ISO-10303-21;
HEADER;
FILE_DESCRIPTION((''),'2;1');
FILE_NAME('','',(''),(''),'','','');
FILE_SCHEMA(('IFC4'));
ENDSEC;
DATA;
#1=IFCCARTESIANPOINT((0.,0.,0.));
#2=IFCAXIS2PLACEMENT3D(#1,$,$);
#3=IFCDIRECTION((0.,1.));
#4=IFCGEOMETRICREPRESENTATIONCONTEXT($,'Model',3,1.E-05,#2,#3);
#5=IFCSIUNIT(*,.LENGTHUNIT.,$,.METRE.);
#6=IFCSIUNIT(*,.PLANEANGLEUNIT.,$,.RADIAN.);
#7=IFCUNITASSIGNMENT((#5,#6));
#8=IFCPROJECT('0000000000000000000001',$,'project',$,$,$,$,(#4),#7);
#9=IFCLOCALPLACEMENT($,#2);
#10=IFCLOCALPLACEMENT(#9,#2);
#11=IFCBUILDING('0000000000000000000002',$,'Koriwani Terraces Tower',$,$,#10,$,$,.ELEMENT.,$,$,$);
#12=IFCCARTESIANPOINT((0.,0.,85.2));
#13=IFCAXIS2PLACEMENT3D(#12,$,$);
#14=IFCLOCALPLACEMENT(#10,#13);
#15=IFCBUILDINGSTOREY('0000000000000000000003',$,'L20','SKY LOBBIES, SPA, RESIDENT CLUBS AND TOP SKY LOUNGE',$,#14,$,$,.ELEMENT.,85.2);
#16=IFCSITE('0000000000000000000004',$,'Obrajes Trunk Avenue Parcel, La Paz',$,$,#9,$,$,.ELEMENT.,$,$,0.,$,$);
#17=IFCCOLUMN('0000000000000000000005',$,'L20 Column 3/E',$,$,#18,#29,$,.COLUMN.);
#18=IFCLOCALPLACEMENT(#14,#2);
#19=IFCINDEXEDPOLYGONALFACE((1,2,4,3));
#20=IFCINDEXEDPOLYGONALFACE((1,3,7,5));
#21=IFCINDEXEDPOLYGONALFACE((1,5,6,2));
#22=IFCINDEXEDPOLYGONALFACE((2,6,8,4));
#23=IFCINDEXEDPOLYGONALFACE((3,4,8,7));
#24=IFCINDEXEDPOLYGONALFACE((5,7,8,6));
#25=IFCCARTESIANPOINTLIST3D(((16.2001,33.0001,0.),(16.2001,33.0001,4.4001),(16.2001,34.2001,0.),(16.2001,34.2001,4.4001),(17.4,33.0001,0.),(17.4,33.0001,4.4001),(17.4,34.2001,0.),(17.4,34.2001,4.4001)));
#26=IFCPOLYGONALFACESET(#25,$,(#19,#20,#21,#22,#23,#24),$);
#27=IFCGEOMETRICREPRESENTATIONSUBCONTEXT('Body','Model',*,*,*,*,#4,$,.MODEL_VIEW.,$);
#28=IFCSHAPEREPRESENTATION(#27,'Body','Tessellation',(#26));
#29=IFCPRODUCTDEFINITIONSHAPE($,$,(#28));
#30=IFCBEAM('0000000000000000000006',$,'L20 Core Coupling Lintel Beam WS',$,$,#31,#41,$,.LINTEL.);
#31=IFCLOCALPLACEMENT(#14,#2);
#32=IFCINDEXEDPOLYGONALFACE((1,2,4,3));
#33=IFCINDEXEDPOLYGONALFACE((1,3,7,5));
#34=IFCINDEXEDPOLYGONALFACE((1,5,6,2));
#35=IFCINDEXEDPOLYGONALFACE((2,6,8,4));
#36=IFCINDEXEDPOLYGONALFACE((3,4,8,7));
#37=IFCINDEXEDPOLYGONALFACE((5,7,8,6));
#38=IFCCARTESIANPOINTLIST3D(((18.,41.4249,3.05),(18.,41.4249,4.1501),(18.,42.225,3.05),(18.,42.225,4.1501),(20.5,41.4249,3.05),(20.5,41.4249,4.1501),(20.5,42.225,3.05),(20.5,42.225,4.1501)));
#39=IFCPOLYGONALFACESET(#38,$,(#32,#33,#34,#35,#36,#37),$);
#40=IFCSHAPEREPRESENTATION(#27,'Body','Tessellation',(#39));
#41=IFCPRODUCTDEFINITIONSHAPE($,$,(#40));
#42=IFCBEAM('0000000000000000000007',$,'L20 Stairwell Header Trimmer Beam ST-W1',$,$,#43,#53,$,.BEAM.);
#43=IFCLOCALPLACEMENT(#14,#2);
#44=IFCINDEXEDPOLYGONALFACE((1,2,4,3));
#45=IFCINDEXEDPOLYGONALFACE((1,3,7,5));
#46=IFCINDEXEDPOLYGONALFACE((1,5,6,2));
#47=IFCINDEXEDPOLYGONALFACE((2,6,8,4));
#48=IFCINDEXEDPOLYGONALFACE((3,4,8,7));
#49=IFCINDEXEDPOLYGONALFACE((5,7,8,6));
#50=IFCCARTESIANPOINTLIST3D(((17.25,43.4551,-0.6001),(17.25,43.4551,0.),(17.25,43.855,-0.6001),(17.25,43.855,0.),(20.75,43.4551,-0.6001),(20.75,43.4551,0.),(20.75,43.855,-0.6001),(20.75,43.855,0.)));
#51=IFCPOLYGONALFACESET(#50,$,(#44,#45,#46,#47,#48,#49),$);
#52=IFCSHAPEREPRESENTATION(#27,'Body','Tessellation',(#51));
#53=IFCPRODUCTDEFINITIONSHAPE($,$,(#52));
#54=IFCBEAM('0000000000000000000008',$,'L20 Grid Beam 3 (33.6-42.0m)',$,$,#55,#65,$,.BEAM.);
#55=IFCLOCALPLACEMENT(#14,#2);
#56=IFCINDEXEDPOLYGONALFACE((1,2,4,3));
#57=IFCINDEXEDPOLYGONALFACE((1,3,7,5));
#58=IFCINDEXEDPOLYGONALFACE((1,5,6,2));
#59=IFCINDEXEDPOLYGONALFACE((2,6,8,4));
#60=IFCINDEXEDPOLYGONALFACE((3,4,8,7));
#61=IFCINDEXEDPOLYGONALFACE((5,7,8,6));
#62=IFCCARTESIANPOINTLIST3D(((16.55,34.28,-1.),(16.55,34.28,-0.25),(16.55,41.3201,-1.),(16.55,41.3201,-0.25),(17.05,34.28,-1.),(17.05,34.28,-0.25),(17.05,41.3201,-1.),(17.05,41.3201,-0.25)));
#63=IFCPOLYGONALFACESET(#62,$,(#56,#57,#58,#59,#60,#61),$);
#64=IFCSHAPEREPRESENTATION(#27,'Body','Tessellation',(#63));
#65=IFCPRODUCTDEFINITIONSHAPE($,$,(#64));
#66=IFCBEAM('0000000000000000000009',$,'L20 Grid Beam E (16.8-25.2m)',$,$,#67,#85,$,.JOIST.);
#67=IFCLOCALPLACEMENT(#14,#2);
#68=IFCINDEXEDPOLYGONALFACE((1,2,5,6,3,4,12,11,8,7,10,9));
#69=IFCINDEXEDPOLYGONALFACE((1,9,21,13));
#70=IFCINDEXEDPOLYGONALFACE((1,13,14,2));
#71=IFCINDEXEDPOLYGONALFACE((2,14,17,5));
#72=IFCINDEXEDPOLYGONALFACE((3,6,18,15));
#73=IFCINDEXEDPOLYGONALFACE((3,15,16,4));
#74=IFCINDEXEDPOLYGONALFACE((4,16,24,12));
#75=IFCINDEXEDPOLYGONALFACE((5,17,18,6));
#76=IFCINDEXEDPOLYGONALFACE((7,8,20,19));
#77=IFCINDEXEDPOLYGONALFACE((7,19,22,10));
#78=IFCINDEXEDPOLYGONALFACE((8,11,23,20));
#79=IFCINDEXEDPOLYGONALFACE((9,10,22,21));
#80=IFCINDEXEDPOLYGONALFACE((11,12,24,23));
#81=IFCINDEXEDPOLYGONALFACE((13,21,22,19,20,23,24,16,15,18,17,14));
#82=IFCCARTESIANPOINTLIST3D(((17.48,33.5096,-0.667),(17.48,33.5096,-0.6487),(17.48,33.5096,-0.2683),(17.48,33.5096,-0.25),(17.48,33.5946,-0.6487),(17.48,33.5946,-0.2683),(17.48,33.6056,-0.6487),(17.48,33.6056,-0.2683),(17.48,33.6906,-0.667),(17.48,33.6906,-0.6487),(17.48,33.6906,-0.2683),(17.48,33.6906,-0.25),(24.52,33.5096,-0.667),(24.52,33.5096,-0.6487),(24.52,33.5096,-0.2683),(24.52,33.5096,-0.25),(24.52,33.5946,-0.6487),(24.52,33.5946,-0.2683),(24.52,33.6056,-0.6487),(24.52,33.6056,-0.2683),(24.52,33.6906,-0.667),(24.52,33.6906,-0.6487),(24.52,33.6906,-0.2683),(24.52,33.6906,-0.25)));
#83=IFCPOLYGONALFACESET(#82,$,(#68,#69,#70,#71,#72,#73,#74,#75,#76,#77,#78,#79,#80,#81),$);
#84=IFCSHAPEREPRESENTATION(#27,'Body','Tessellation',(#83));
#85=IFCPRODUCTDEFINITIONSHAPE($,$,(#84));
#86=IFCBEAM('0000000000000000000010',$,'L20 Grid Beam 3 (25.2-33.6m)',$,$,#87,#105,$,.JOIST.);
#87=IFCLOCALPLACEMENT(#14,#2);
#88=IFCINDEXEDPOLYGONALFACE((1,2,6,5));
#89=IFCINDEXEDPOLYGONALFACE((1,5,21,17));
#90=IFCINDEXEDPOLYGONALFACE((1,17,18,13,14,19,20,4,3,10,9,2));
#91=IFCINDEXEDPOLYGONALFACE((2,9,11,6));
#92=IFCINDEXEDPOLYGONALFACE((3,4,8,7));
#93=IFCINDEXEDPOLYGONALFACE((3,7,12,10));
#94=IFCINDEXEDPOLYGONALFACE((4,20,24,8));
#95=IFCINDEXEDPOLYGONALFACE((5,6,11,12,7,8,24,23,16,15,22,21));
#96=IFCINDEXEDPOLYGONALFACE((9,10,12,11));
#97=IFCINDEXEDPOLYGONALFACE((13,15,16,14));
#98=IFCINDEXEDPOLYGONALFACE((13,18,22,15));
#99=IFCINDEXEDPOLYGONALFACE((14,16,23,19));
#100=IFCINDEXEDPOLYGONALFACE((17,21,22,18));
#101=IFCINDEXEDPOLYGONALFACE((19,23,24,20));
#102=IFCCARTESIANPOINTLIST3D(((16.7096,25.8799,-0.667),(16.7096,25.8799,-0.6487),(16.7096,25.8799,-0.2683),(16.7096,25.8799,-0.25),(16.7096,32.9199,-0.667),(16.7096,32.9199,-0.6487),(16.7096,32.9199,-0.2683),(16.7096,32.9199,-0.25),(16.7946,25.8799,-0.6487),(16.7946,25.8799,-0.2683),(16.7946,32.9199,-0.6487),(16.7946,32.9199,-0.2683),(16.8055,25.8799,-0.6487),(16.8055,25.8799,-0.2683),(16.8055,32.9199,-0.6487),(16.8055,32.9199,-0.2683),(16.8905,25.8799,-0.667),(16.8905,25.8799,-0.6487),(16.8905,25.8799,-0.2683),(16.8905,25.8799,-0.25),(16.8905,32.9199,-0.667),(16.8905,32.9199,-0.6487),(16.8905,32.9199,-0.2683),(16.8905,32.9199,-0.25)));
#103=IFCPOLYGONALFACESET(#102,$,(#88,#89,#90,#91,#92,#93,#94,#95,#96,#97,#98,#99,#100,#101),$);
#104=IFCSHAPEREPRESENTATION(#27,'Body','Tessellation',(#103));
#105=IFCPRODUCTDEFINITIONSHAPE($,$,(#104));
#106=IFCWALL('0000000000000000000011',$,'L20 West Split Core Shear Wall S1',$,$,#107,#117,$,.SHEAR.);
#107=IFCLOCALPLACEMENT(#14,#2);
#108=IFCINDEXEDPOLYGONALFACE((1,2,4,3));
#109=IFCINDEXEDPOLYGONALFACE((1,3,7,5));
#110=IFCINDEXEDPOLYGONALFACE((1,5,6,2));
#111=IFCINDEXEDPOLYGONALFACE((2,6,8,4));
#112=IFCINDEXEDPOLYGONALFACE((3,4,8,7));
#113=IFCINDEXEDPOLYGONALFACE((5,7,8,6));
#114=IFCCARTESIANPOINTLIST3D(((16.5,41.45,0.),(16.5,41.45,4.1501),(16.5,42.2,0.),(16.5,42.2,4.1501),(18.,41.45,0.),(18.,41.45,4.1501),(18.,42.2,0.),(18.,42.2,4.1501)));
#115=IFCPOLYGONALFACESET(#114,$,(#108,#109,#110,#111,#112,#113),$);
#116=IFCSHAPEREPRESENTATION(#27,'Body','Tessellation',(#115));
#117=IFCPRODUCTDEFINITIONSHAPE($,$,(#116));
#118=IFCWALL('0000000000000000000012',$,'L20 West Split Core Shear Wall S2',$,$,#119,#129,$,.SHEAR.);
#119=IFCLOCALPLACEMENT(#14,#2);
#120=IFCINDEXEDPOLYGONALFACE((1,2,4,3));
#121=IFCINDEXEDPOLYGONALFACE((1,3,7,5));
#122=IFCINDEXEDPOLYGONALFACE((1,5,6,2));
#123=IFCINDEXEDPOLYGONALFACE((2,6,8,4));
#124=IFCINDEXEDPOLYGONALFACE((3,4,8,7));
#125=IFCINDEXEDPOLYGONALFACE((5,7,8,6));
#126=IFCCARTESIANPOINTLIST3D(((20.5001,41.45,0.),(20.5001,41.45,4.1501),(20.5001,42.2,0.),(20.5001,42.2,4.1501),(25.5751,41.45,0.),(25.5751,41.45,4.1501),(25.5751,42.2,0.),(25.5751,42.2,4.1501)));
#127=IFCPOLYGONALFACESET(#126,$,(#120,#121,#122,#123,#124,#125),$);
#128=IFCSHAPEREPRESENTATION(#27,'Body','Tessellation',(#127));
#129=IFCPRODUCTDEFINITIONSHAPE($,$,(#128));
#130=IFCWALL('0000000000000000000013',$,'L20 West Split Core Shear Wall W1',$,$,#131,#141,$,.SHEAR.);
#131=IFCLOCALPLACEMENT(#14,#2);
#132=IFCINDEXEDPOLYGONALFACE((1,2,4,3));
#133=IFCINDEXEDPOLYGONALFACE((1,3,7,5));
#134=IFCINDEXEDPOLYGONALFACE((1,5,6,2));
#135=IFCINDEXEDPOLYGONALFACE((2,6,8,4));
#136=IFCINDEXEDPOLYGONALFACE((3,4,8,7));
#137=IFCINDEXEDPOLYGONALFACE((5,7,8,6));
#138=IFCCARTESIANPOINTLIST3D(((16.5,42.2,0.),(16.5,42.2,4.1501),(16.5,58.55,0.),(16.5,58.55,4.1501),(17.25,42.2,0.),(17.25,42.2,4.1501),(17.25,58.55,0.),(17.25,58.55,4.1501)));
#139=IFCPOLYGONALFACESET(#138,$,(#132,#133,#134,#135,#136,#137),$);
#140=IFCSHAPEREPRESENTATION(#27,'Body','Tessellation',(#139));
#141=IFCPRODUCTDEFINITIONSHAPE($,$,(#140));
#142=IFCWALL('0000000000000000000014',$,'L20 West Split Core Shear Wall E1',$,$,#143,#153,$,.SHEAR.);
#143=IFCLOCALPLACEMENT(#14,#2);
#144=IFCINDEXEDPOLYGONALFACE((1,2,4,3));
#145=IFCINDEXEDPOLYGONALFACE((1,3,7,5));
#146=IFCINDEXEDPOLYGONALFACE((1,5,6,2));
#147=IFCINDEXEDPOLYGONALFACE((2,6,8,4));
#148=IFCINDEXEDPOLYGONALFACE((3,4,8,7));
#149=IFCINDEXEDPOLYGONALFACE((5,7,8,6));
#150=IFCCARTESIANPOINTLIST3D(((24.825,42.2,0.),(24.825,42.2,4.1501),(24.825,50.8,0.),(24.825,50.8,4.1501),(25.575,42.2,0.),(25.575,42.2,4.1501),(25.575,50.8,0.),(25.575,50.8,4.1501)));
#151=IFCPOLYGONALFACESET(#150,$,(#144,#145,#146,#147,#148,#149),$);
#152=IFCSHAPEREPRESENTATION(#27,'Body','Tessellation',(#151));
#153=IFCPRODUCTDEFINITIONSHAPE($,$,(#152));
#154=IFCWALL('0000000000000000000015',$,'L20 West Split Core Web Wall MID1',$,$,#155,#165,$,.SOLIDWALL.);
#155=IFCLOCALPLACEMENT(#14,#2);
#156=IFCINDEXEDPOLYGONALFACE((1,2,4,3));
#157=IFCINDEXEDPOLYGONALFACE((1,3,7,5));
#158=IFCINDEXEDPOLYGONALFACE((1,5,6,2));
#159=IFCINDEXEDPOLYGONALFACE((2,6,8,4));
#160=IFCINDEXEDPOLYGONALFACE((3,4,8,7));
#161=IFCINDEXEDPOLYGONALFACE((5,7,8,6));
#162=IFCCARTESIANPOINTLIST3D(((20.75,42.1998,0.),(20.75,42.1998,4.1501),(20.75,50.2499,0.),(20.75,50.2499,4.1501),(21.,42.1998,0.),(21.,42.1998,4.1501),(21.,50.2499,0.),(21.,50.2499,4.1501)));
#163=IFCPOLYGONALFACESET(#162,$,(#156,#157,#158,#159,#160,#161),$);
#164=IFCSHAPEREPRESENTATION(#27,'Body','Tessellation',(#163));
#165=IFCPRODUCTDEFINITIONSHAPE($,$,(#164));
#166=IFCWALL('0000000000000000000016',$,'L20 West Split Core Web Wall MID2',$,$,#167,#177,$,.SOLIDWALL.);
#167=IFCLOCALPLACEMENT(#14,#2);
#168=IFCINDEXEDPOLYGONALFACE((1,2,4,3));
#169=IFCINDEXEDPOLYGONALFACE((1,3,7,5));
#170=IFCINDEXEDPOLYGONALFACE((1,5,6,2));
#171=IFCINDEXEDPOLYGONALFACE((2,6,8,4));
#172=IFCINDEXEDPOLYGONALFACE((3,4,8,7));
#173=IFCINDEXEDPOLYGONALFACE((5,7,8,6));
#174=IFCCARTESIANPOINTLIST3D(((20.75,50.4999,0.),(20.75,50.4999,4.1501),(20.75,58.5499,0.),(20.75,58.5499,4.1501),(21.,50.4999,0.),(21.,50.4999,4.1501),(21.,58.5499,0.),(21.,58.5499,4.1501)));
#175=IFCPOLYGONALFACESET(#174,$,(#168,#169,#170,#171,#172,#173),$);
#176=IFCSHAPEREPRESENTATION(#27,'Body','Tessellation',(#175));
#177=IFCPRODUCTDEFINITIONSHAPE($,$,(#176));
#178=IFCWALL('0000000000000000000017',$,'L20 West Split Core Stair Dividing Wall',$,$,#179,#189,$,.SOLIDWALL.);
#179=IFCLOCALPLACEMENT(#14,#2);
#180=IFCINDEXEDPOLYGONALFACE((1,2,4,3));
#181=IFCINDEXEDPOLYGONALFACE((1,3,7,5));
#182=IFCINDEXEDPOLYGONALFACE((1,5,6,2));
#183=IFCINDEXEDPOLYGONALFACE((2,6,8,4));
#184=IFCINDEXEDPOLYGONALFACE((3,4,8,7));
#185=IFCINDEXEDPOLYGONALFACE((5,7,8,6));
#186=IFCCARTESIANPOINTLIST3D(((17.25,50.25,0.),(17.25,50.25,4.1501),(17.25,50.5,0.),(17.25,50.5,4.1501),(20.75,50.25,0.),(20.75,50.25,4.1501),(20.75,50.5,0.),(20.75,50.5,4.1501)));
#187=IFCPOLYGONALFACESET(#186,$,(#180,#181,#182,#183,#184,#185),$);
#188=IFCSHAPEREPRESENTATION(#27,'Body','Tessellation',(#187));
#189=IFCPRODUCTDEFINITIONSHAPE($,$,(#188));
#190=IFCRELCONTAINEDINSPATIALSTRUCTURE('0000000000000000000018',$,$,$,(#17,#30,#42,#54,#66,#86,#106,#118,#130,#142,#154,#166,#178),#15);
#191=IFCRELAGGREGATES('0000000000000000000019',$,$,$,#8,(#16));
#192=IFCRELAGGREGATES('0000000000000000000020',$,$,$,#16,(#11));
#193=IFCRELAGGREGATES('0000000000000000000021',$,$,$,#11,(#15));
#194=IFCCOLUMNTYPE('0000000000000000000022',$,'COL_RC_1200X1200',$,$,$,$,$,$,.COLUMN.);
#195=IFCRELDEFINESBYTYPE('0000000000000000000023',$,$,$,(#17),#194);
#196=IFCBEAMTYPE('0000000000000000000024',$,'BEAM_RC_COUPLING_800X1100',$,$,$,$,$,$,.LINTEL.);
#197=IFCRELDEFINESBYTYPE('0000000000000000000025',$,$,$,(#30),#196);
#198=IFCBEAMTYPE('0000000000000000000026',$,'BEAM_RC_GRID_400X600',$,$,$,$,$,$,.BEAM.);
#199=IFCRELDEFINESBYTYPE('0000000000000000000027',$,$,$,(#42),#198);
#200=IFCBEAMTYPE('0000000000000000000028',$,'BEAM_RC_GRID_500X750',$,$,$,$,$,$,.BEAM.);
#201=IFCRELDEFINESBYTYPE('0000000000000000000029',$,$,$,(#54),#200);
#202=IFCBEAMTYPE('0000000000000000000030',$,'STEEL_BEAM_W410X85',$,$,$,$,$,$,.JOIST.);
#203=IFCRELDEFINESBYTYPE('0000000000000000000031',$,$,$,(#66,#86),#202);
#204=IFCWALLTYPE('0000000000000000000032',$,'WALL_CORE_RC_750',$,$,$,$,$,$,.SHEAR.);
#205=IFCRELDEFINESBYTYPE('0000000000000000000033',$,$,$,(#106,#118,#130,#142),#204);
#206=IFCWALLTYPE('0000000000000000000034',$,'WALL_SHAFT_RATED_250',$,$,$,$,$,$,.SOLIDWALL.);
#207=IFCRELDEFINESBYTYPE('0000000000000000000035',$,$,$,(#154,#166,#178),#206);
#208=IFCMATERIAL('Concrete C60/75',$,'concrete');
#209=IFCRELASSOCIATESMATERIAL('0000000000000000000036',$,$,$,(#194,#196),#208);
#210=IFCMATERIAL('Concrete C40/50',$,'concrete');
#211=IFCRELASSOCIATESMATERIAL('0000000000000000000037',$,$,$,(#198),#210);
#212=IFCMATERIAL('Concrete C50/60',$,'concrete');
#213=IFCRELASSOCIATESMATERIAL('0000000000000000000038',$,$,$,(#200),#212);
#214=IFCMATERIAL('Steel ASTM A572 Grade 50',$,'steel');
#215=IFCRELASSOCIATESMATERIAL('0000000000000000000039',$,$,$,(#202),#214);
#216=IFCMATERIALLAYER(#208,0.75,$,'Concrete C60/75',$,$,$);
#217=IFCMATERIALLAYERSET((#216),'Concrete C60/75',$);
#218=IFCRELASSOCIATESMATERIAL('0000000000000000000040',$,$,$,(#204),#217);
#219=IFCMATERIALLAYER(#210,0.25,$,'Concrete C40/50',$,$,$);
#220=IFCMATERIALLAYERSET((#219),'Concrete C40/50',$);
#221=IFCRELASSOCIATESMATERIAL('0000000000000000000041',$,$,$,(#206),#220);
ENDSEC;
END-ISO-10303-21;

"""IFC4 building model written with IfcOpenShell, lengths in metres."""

from ifc_helpers import new_model, si_unit, direction, frame, frame_2d, origin, origin_2d, place, context, subcontext, project, spatial, rectangle, i_section, extrude, material, layer, layer_set, material_profile, profile_set, type_object, element, save


model = new_model("IFC4")

# Units and contexts
model_context = context("Model", 3, precision=1e-05, world=origin(), true_north=direction((0.0, 1.0)))
body_context = subcontext(model_context, "Body", "Model", "MODEL_VIEW")
ifc_project = project(units=[si_unit("LENGTHUNIT", "METRE"), si_unit("PLANEANGLEUNIT", "RADIAN")], contexts=[model_context])

# Site, building, storey
site_placement = place(None, origin())
site = spatial("IfcSite", under=ifc_project, at=site_placement, Name="Obrajes Trunk Avenue Parcel, La Paz", CompositionType="ELEMENT", RefElevation=0.0)
building_placement = place(site_placement, origin())
building = spatial("IfcBuilding", under=site, at=building_placement, Name="Koriwani Terraces Tower", CompositionType="ELEMENT")
storey_placement = place(building_placement, frame((0.0, 0.0, 85.2)))
storey = spatial("IfcBuildingStorey", under=building, at=storey_placement, Name="L20", Description="SKY LOBBIES, SPA, RESIDENT CLUBS AND TOP SKY LOUNGE", CompositionType="ELEMENT", Elevation=85.2)

# Column
ifc_material_1 = material(Name="Concrete C60/75", Category="concrete")
ifc_material_profile_1 = material_profile(ifc_material_1, rectangle(XDim=1.2, YDim=1.2, at=origin_2d()), Name="Concrete C60/75", Category="LoadBearing")
ifc_profile_set_1 = profile_set([ifc_material_profile_1], Name="Concrete C60/75")
column_type = type_object("IfcColumnType", Name="COL_RC_1200X1200", PredefinedType="COLUMN", material=ifc_profile_set_1)
column_placement = place(storey_placement, frame((16.8, 33.6001, 0.0), z_axis=(0.0, 0.0, 1.0), x_axis=(1.0, 0.0, 0.0)))
element("IfcColumn", 1, at=column_placement, inside=storey, type_object=column_type, Name="L20 Column 3/E", PredefinedType="COLUMN", context=body_context, shape_type="SweptSolid", body=[
    extrude(rectangle(XDim=1.2, YDim=1.2, at=origin_2d()), origin(), (0.0, 0.0, 1.0), 4.4001),
])

# Beams
ifc_material_profile_2 = material_profile(ifc_material_1, rectangle(XDim=0.8, YDim=1.1001, at=origin_2d()), Name="Concrete C60/75", Category="LoadBearing")
ifc_profile_set_2 = profile_set([ifc_material_profile_2], Name="Concrete C60/75")
beam_type_1 = type_object("IfcBeamType", Name="BEAM_RC_COUPLING_800X1100", PredefinedType="LINTEL", material=ifc_profile_set_2)
beam_1_placement = place(storey_placement, frame((18.0, 41.825, 3.6001), z_axis=(1.0, 0.0, 0.0), x_axis=(0.0, 1.0, 0.0)))
element("IfcBeam", 2, at=beam_1_placement, inside=storey, type_object=beam_type_1, Name="L20 Core Coupling Lintel Beam WS", PredefinedType="LINTEL", context=body_context, shape_type="SweptSolid", body=[
    extrude(rectangle(XDim=0.8, YDim=1.1001, at=origin_2d()), origin(), (0.0, 0.0, 1.0), 2.5),
])
ifc_material_2 = material(Name="Concrete C40/50", Category="concrete")
ifc_material_profile_3 = material_profile(ifc_material_2, rectangle(XDim=0.3999, YDim=0.6001, at=origin_2d()), Name="Concrete C40/50", Category="LoadBearing")
ifc_profile_set_3 = profile_set([ifc_material_profile_3], Name="Concrete C40/50")
beam_type_2 = type_object("IfcBeamType", Name="BEAM_RC_GRID_400X600", PredefinedType="BEAM", material=ifc_profile_set_3)
beam_2_placement = place(storey_placement, frame((17.25, 43.655, -0.3), z_axis=(1.0, 0.0, 0.0), x_axis=(0.0, 1.0, 0.0)))
element("IfcBeam", 3, at=beam_2_placement, inside=storey, type_object=beam_type_2, Name="L20 Stairwell Header Trimmer Beam ST-W1", PredefinedType="BEAM", context=body_context, shape_type="SweptSolid", body=[
    extrude(rectangle(XDim=0.3999, YDim=0.6001, at=origin_2d()), origin(), (0.0, 0.0, 1.0), 3.5),
])
ifc_material_3 = material(Name="Concrete C50/60", Category="concrete")
ifc_material_profile_4 = material_profile(ifc_material_3, rectangle(XDim=0.5, YDim=0.75, at=origin_2d()), Name="Concrete C50/60", Category="LoadBearing")
ifc_profile_set_4 = profile_set([ifc_material_profile_4], Name="Concrete C50/60")
beam_type_3 = type_object("IfcBeamType", Name="BEAM_RC_GRID_500X750", PredefinedType="BEAM", material=ifc_profile_set_4)
beam_3_placement = place(storey_placement, frame((16.8, 34.28, -0.625), z_axis=(0.0, 1.0, 0.0), x_axis=(-1.0, 0.0, 0.0)))
element("IfcBeam", 4, at=beam_3_placement, inside=storey, type_object=beam_type_3, Name="L20 Grid Beam 3 (33.6-42.0m)", PredefinedType="BEAM", context=body_context, shape_type="SweptSolid", body=[
    extrude(rectangle(XDim=0.5, YDim=0.75, at=origin_2d()), origin(), (0.0, 0.0, 1.0), 7.04),
])
ifc_material_4 = material(Name="Steel ASTM A572 Grade 50", Category="steel")
ifc_material_profile_5 = material_profile(ifc_material_4, i_section(OverallWidth=0.1809, OverallDepth=0.417, WebThickness=0.011, FlangeThickness=0.0183, at=origin_2d()), Name="Steel ASTM A572 Grade 50", Category="LoadBearing")
ifc_profile_set_5 = profile_set([ifc_material_profile_5], Name="Steel ASTM A572 Grade 50")
beam_type_4 = type_object("IfcBeamType", Name="STEEL_BEAM_W410X85", PredefinedType="JOIST", material=ifc_profile_set_5)
for number, where, z_axis, x_axis, name in (
    (5, (17.48, 33.6001, -0.4585), (1.0, 0.0, 0.0), (0.0, 1.0, 0.0), "L20 Grid Beam E (16.8-25.2m)"),
    (6, (16.8, 25.8799, -0.4585), (0.0, 1.0, 0.0), (-1.0, 0.0, 0.0), "L20 Grid Beam 3 (25.2-33.6m)"),
):
    element("IfcBeam", number, at=place(storey_placement, frame(where, z_axis=z_axis, x_axis=x_axis)), inside=storey, type_object=beam_type_4, Name=name, PredefinedType="JOIST", context=body_context, shape_type="SweptSolid", body=[
        extrude(i_section(OverallWidth=0.1809, OverallDepth=0.417, WebThickness=0.011, FlangeThickness=0.0183, at=origin_2d()), origin(), (0.0, 0.0, 1.0), 7.04),
    ])

# Walls
ifc_layer_1 = layer(ifc_material_1, 0.75, Name="Concrete C60/75")
ifc_layer_set_1 = layer_set([ifc_layer_1], Name="Concrete C60/75")
wall_type_1 = type_object("IfcWallType", Name="WALL_CORE_RC_750", PredefinedType="SHEAR", material=ifc_layer_set_1)
wall_1_placement = place(storey_placement, frame((16.5, 41.825, 0.0), z_axis=(0.0, 0.0, 1.0), x_axis=(1.0, 0.0, 0.0)))
element("IfcWall", 7, at=wall_1_placement, inside=storey, type_object=wall_type_1, Name="L20 West Split Core Shear Wall S1", PredefinedType="SHEAR", context=body_context, shape_type="SweptSolid", body=[
    extrude(rectangle(XDim=1.5, YDim=0.75, at=frame_2d((0.75, 0.0))), origin(), (0.0, 0.0, 1.0), 4.1501),
])
wall_2_placement = place(storey_placement, frame((20.5, 41.825, 0.0), z_axis=(0.0, 0.0, 1.0), x_axis=(1.0, 0.0, 0.0)))
element("IfcWall", 8, at=wall_2_placement, inside=storey, type_object=wall_type_1, Name="L20 West Split Core Shear Wall S2", PredefinedType="SHEAR", context=body_context, shape_type="SweptSolid", body=[
    extrude(rectangle(XDim=5.075, YDim=0.75, at=frame_2d((2.5376, 0.0))), origin(), (0.0, 0.0, 1.0), 4.1501),
])
wall_3_placement = place(storey_placement, frame((16.875, 42.2, 0.0), z_axis=(0.0, 0.0, 1.0), x_axis=(0.0, 1.0, 0.0)))
element("IfcWall", 9, at=wall_3_placement, inside=storey, type_object=wall_type_1, Name="L20 West Split Core Shear Wall W1", PredefinedType="SHEAR", context=body_context, shape_type="SweptSolid", body=[
    extrude(rectangle(XDim=16.3501, YDim=0.75, at=frame_2d((8.175, 0.0))), origin(), (0.0, 0.0, 1.0), 4.1501),
])
wall_4_placement = place(storey_placement, frame((25.2, 42.2, 0.0), z_axis=(0.0, 0.0, 1.0), x_axis=(0.0, 1.0, 0.0)))
element("IfcWall", 10, at=wall_4_placement, inside=storey, type_object=wall_type_1, Name="L20 West Split Core Shear Wall E1", PredefinedType="SHEAR", context=body_context, shape_type="SweptSolid", body=[
    extrude(rectangle(XDim=8.6001, YDim=0.75, at=frame_2d((4.3, 0.0))), origin(), (0.0, 0.0, 1.0), 4.1501),
])
ifc_layer_2 = layer(ifc_material_2, 0.25, Name="Concrete C40/50")
ifc_layer_set_2 = layer_set([ifc_layer_2], Name="Concrete C40/50")
wall_type_2 = type_object("IfcWallType", Name="WALL_SHAFT_RATED_250", PredefinedType="SOLIDWALL", material=ifc_layer_set_2)
for number, where, z_axis, x_axis, name in (
    (11, (20.875, 42.2, 0.0), (0.0, 0.0, 1.0), (0.0, 1.0, 0.0), "L20 West Split Core Web Wall MID1"),
    (12, (20.875, 50.5, 0.0), (0.0, 0.0, 1.0), (0.0, 1.0, 0.0), "L20 West Split Core Web Wall MID2"),
):
    element("IfcWall", number, at=place(storey_placement, frame(where, z_axis=z_axis, x_axis=x_axis)), inside=storey, type_object=wall_type_2, Name=name, PredefinedType="SOLIDWALL", context=body_context, shape_type="SweptSolid", body=[
        extrude(rectangle(XDim=8.05, YDim=0.25, at=frame_2d((4.0249, 0.0))), origin(), (0.0, 0.0, 1.0), 4.1501),
    ])
wall_5_placement = place(storey_placement, frame((17.25, 50.375, 0.0), z_axis=(0.0, 0.0, 1.0), x_axis=(1.0, 0.0, 0.0)))
element("IfcWall", 13, at=wall_5_placement, inside=storey, type_object=wall_type_2, Name="L20 West Split Core Stair Dividing Wall", PredefinedType="SOLIDWALL", context=body_context, shape_type="SweptSolid", body=[
    extrude(rectangle(XDim=3.5, YDim=0.25, at=frame_2d((1.75, 0.0))), origin(), (0.0, 0.0, 1.0), 4.1501),
])

save(model, "model.ifc")
